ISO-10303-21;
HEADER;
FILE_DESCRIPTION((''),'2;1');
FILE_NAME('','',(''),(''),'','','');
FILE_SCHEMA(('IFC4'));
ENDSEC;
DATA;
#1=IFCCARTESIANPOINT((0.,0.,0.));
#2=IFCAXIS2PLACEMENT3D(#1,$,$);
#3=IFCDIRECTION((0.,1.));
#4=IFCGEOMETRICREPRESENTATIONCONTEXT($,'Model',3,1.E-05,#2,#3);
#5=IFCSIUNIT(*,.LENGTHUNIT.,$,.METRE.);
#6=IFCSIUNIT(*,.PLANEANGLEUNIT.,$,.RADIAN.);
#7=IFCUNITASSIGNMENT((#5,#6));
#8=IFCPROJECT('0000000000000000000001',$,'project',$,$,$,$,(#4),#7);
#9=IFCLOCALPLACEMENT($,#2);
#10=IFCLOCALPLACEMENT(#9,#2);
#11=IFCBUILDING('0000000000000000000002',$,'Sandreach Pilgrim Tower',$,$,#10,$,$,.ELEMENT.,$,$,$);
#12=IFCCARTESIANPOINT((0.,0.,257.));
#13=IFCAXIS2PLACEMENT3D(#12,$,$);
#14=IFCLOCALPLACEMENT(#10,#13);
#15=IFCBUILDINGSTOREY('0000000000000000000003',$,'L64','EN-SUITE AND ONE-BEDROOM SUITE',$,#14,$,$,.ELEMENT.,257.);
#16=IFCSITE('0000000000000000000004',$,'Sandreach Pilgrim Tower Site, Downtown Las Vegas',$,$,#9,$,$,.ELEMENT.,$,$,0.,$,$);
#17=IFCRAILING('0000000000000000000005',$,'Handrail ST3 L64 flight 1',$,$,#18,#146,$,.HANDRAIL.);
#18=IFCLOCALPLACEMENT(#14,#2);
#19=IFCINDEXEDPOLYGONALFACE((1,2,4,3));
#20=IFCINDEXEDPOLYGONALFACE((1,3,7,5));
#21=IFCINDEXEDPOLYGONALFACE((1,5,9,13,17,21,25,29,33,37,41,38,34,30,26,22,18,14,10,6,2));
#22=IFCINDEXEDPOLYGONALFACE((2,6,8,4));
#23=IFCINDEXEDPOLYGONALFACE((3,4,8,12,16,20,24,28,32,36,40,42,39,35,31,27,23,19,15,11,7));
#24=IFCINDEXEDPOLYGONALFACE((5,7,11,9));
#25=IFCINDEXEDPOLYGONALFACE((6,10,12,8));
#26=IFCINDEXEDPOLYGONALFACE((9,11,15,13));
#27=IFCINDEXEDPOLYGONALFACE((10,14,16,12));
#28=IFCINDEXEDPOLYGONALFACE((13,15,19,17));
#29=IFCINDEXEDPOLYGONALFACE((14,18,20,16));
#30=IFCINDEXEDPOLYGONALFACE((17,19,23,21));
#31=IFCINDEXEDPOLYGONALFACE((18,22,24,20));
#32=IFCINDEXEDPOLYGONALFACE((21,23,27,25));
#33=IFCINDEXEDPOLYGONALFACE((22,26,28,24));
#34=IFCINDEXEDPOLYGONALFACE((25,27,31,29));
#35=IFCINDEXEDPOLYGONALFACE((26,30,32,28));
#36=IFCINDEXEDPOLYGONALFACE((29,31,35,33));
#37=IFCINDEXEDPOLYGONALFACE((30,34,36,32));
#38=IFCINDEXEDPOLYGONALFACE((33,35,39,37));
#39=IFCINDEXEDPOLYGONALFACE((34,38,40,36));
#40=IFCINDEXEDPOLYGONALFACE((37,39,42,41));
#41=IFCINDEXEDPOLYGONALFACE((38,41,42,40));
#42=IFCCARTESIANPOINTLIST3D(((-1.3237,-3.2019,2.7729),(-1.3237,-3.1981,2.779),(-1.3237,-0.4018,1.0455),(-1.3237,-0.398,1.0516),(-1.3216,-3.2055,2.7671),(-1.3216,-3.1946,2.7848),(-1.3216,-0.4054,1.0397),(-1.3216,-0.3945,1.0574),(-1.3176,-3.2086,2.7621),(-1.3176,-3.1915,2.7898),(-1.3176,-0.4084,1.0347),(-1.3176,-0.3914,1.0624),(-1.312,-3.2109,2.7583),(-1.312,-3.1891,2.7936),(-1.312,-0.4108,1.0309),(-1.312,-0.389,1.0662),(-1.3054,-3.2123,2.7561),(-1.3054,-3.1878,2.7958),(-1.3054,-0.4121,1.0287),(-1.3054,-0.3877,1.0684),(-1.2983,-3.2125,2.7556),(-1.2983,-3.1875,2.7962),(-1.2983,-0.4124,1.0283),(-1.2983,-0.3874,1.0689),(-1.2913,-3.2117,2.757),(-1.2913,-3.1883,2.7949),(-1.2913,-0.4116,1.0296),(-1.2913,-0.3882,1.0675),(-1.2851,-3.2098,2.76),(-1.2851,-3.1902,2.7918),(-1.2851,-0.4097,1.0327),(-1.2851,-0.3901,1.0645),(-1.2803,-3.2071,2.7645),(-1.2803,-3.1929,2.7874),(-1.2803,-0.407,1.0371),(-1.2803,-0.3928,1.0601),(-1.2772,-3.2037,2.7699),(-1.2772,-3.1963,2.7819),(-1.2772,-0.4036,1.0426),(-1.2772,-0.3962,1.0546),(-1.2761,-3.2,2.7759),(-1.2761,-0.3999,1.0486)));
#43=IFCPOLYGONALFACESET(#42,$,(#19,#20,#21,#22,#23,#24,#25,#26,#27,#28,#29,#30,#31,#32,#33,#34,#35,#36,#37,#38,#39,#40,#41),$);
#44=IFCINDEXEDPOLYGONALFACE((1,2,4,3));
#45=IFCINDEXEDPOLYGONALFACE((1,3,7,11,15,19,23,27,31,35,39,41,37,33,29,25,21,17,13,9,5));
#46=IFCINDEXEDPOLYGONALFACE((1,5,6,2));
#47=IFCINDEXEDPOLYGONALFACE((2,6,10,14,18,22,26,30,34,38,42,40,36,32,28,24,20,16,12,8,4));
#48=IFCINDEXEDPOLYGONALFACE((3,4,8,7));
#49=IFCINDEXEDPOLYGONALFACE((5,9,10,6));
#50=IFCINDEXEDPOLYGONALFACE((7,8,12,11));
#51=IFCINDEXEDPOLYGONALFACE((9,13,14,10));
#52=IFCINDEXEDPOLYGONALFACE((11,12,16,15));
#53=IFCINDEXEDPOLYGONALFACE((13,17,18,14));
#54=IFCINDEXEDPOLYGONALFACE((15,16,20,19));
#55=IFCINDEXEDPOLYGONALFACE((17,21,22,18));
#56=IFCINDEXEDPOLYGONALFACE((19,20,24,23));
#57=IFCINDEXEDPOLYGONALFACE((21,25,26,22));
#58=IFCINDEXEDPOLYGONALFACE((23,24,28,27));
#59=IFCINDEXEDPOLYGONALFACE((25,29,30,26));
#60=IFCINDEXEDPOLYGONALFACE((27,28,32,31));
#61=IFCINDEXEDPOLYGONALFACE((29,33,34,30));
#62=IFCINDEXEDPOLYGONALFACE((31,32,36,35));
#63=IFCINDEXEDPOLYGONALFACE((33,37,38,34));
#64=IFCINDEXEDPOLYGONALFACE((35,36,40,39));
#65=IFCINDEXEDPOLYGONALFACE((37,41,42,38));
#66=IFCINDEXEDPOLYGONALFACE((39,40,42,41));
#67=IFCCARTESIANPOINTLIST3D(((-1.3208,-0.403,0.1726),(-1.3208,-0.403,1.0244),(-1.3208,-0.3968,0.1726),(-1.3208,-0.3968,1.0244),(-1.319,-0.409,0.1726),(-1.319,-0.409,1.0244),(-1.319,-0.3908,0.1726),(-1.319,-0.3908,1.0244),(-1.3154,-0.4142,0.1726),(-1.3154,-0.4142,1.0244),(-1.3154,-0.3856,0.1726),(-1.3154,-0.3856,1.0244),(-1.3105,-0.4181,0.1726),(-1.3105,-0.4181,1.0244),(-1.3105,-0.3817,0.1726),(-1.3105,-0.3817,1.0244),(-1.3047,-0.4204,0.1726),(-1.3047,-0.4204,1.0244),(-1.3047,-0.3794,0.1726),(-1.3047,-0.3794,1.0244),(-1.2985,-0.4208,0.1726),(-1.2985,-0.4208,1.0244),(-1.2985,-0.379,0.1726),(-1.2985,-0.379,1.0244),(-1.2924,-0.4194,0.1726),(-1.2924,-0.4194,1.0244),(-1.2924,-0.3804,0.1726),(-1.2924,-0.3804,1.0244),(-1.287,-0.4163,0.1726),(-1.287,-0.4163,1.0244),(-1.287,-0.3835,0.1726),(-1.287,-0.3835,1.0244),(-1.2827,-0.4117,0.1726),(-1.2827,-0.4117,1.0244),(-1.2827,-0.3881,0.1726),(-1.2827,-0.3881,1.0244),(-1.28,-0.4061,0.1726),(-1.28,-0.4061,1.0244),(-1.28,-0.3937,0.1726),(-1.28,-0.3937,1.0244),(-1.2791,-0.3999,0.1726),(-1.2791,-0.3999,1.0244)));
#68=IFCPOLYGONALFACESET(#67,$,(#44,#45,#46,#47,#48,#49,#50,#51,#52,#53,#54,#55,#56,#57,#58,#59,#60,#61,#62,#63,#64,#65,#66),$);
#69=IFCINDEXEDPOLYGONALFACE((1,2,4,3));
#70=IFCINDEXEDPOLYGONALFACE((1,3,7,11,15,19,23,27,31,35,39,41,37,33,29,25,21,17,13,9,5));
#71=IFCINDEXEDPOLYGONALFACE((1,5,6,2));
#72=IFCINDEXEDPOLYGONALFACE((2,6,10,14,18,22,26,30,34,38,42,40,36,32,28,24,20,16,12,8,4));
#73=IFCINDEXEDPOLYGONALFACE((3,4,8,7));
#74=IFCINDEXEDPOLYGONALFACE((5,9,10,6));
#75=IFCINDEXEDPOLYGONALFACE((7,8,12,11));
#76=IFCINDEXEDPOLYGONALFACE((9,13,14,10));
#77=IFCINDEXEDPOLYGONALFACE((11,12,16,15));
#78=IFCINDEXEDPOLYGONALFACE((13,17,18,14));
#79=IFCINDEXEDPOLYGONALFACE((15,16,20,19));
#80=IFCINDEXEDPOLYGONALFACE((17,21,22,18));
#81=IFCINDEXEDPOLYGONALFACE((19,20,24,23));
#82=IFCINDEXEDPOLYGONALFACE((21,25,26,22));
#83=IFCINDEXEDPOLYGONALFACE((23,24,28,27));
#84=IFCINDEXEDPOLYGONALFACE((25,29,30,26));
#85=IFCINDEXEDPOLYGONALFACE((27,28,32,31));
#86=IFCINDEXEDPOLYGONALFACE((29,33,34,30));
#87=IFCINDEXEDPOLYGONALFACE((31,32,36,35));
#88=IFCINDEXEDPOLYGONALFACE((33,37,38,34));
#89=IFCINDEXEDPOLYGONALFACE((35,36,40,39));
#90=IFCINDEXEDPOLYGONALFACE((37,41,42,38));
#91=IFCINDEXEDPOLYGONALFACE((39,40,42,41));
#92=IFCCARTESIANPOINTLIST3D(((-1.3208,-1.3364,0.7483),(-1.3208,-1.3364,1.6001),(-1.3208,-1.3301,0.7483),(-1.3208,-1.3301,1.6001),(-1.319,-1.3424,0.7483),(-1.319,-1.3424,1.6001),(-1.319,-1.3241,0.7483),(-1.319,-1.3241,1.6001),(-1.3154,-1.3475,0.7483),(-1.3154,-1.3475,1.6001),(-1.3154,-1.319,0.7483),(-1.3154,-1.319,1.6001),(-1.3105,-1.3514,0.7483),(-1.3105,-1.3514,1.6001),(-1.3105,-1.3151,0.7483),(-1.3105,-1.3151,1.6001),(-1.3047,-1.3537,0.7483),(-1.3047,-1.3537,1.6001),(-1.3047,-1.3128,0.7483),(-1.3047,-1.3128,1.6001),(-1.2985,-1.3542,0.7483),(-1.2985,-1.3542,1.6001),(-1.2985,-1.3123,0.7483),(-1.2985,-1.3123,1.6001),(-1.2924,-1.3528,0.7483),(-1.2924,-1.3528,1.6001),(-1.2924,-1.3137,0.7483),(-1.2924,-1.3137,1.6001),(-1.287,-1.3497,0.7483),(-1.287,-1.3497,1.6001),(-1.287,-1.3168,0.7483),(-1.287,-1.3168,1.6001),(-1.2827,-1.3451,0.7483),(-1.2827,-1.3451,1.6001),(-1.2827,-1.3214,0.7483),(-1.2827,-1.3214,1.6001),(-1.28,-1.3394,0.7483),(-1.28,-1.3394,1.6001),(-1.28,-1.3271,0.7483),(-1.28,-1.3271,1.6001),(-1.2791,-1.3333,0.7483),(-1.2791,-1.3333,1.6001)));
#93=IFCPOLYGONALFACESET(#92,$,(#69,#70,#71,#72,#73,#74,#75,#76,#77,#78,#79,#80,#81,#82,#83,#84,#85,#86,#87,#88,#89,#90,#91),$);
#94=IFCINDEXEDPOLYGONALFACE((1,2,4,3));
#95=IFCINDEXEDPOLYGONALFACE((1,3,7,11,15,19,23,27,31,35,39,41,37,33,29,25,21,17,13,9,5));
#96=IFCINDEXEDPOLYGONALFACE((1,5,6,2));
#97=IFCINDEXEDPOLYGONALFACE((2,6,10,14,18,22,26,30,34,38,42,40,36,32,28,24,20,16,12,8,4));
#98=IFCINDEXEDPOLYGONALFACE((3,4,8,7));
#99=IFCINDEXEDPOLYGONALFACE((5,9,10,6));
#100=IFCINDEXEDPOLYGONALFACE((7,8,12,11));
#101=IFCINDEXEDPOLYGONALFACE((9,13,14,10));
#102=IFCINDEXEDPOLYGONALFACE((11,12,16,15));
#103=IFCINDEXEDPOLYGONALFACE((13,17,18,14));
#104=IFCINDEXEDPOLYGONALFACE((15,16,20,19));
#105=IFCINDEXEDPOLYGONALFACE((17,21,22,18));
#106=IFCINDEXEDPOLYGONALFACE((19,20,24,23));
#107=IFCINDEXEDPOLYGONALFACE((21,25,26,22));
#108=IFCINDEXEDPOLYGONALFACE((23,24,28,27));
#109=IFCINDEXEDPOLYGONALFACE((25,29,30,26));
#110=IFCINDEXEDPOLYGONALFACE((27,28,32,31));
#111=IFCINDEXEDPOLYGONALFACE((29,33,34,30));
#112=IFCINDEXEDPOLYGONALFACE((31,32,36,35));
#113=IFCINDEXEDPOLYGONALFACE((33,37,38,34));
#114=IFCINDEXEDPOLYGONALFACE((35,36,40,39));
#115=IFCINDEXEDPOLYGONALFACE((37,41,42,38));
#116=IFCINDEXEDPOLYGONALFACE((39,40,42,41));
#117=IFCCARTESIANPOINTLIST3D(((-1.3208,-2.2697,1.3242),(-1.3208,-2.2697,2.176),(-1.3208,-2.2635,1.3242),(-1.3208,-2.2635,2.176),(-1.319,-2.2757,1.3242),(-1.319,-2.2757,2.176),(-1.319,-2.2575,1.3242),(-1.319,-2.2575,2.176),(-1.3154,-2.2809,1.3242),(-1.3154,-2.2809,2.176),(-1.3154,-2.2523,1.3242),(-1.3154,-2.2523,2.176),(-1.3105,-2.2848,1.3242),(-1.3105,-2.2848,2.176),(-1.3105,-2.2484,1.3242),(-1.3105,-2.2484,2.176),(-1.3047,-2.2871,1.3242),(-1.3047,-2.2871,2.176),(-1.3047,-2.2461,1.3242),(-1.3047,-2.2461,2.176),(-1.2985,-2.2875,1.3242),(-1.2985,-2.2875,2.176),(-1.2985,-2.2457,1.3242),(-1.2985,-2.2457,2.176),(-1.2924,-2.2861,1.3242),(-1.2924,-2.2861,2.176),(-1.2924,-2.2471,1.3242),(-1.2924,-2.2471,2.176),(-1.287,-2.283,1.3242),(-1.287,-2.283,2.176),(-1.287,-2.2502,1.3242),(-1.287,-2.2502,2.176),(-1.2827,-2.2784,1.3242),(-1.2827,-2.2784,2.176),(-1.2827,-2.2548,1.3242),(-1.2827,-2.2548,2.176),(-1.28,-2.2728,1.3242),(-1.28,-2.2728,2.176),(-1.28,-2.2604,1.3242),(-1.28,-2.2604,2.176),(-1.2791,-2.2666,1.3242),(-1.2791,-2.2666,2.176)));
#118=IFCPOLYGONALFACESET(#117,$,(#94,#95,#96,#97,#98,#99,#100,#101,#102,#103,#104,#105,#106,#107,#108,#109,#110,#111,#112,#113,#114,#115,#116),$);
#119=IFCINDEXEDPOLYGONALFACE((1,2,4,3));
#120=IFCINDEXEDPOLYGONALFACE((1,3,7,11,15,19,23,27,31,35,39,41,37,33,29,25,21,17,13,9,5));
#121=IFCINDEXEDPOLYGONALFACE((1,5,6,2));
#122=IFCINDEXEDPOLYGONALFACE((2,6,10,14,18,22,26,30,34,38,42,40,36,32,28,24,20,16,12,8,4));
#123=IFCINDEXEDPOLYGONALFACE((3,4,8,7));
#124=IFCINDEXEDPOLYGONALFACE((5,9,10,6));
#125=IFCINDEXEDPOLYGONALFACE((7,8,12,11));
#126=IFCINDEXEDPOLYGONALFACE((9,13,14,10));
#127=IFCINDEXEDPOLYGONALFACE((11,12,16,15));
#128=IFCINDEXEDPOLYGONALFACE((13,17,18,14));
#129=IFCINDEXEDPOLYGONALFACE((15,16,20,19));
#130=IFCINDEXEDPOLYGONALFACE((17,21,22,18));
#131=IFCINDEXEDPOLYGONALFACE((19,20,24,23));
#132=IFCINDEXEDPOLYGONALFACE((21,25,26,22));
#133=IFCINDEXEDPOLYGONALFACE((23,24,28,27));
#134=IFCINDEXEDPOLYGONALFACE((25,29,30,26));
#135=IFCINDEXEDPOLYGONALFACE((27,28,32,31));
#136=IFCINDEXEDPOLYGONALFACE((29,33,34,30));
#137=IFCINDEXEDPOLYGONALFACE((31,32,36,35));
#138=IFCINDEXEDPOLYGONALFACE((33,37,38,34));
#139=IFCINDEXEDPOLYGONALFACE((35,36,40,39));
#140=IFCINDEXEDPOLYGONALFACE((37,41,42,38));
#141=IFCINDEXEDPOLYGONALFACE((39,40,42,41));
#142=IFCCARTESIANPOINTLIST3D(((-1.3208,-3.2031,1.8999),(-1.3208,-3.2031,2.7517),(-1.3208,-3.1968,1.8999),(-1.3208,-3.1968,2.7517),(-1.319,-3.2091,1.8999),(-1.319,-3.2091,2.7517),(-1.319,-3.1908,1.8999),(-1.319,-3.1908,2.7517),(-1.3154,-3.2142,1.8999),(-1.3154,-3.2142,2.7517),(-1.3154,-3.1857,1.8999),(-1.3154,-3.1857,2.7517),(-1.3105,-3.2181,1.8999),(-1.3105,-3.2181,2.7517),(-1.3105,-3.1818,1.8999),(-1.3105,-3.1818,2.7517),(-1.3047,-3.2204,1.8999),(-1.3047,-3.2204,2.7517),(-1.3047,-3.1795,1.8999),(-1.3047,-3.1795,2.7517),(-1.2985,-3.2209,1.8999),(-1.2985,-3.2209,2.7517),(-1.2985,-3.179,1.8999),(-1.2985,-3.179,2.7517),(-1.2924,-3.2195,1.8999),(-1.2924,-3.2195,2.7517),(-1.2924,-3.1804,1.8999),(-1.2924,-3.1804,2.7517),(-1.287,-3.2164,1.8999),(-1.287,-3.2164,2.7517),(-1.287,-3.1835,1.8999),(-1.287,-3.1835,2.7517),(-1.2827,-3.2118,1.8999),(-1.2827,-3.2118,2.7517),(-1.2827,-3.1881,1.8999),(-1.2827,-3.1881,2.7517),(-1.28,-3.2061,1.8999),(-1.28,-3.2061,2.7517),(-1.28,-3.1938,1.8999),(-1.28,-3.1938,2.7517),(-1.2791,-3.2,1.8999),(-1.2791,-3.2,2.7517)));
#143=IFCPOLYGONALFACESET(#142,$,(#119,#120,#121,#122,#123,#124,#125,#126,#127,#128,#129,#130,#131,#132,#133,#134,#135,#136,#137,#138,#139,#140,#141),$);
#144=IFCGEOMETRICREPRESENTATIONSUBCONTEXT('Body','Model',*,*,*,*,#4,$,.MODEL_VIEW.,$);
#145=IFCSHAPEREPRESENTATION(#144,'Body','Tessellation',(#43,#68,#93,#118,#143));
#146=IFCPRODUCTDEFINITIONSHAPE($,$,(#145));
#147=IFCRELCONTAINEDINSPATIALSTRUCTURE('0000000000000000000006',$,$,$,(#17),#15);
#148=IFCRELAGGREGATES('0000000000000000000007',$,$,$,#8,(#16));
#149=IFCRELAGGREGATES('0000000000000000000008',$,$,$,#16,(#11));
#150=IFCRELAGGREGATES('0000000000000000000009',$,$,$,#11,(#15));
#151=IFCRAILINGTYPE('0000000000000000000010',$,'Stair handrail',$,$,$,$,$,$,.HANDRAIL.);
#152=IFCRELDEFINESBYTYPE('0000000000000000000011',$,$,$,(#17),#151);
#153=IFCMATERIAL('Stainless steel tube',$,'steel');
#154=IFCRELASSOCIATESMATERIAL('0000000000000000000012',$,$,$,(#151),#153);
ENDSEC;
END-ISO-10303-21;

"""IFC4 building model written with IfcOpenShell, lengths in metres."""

from ifc_helpers import new_model, si_unit, direction, frame, origin, origin_2d, place, context, subcontext, project, spatial, circle, extrude, material, type_object, element, save


model = new_model("IFC4")

# Units and contexts
model_context = context("Model", 3, precision=1e-05, world=origin(), true_north=direction((0.0, 1.0)))
body_context = subcontext(model_context, "Body", "Model", "MODEL_VIEW")
ifc_project = project(units=[si_unit("LENGTHUNIT", "METRE"), si_unit("PLANEANGLEUNIT", "RADIAN")], contexts=[model_context])

# Site, building, storey
site_placement = place(None, origin())
site = spatial("IfcSite", under=ifc_project, at=site_placement, Name="Sandreach Pilgrim Tower Site, Downtown Las Vegas", CompositionType="ELEMENT", RefElevation=0.0)
building_placement = place(site_placement, origin())
building = spatial("IfcBuilding", under=site, at=building_placement, Name="Sandreach Pilgrim Tower", CompositionType="ELEMENT")
storey_placement = place(building_placement, frame((0.0, 0.0, 257.0)))
storey = spatial("IfcBuildingStorey", under=building, at=storey_placement, Name="L64", Description="EN-SUITE AND ONE-BEDROOM SUITE", CompositionType="ELEMENT", Elevation=257.0)

# Railing
ifc_material_1 = material(Name="Stainless steel tube", Category="steel")
railing_type = type_object("IfcRailingType", Name="Stair handrail", PredefinedType="HANDRAIL", material=ifc_material_1)
for number, where, name in (
    (1, (-1.3, -0.3999, 0.1726), "Handrail ST3 L64 flight 1"),
):
    element("IfcRailing", number, at=place(storey_placement, frame(where)), inside=storey, type_object=railing_type, Name=name, PredefinedType="HANDRAIL", context=body_context, shape_type="SweptSolid", body=[
        extrude(circle(Radius=0.0239, at=origin_2d()), frame((0.0, 0.0, 0.876), z_axis=(0.0, -0.85109, 0.52502), x_axis=(1.0, 0.0, 0.0)), (0.0, 0.0, 1.0), 3.29),
        extrude(circle(Radius=0.021, at=origin_2d()), origin(), (0.0, 0.0, 1.0), 0.8518),
        extrude(circle(Radius=0.021, at=origin_2d()), frame((0.0, -0.9333, 0.5757)), (0.0, 0.0, 1.0), 0.8518),
        extrude(circle(Radius=0.021, at=origin_2d()), frame((0.0, -1.8667, 1.1516)), (0.0, 0.0, 1.0), 0.8518),
        extrude(circle(Radius=0.021, at=origin_2d()), frame((0.0, -2.8, 1.7273)), (0.0, 0.0, 1.0), 0.8518),
    ])

save(model, "model.ifc")
